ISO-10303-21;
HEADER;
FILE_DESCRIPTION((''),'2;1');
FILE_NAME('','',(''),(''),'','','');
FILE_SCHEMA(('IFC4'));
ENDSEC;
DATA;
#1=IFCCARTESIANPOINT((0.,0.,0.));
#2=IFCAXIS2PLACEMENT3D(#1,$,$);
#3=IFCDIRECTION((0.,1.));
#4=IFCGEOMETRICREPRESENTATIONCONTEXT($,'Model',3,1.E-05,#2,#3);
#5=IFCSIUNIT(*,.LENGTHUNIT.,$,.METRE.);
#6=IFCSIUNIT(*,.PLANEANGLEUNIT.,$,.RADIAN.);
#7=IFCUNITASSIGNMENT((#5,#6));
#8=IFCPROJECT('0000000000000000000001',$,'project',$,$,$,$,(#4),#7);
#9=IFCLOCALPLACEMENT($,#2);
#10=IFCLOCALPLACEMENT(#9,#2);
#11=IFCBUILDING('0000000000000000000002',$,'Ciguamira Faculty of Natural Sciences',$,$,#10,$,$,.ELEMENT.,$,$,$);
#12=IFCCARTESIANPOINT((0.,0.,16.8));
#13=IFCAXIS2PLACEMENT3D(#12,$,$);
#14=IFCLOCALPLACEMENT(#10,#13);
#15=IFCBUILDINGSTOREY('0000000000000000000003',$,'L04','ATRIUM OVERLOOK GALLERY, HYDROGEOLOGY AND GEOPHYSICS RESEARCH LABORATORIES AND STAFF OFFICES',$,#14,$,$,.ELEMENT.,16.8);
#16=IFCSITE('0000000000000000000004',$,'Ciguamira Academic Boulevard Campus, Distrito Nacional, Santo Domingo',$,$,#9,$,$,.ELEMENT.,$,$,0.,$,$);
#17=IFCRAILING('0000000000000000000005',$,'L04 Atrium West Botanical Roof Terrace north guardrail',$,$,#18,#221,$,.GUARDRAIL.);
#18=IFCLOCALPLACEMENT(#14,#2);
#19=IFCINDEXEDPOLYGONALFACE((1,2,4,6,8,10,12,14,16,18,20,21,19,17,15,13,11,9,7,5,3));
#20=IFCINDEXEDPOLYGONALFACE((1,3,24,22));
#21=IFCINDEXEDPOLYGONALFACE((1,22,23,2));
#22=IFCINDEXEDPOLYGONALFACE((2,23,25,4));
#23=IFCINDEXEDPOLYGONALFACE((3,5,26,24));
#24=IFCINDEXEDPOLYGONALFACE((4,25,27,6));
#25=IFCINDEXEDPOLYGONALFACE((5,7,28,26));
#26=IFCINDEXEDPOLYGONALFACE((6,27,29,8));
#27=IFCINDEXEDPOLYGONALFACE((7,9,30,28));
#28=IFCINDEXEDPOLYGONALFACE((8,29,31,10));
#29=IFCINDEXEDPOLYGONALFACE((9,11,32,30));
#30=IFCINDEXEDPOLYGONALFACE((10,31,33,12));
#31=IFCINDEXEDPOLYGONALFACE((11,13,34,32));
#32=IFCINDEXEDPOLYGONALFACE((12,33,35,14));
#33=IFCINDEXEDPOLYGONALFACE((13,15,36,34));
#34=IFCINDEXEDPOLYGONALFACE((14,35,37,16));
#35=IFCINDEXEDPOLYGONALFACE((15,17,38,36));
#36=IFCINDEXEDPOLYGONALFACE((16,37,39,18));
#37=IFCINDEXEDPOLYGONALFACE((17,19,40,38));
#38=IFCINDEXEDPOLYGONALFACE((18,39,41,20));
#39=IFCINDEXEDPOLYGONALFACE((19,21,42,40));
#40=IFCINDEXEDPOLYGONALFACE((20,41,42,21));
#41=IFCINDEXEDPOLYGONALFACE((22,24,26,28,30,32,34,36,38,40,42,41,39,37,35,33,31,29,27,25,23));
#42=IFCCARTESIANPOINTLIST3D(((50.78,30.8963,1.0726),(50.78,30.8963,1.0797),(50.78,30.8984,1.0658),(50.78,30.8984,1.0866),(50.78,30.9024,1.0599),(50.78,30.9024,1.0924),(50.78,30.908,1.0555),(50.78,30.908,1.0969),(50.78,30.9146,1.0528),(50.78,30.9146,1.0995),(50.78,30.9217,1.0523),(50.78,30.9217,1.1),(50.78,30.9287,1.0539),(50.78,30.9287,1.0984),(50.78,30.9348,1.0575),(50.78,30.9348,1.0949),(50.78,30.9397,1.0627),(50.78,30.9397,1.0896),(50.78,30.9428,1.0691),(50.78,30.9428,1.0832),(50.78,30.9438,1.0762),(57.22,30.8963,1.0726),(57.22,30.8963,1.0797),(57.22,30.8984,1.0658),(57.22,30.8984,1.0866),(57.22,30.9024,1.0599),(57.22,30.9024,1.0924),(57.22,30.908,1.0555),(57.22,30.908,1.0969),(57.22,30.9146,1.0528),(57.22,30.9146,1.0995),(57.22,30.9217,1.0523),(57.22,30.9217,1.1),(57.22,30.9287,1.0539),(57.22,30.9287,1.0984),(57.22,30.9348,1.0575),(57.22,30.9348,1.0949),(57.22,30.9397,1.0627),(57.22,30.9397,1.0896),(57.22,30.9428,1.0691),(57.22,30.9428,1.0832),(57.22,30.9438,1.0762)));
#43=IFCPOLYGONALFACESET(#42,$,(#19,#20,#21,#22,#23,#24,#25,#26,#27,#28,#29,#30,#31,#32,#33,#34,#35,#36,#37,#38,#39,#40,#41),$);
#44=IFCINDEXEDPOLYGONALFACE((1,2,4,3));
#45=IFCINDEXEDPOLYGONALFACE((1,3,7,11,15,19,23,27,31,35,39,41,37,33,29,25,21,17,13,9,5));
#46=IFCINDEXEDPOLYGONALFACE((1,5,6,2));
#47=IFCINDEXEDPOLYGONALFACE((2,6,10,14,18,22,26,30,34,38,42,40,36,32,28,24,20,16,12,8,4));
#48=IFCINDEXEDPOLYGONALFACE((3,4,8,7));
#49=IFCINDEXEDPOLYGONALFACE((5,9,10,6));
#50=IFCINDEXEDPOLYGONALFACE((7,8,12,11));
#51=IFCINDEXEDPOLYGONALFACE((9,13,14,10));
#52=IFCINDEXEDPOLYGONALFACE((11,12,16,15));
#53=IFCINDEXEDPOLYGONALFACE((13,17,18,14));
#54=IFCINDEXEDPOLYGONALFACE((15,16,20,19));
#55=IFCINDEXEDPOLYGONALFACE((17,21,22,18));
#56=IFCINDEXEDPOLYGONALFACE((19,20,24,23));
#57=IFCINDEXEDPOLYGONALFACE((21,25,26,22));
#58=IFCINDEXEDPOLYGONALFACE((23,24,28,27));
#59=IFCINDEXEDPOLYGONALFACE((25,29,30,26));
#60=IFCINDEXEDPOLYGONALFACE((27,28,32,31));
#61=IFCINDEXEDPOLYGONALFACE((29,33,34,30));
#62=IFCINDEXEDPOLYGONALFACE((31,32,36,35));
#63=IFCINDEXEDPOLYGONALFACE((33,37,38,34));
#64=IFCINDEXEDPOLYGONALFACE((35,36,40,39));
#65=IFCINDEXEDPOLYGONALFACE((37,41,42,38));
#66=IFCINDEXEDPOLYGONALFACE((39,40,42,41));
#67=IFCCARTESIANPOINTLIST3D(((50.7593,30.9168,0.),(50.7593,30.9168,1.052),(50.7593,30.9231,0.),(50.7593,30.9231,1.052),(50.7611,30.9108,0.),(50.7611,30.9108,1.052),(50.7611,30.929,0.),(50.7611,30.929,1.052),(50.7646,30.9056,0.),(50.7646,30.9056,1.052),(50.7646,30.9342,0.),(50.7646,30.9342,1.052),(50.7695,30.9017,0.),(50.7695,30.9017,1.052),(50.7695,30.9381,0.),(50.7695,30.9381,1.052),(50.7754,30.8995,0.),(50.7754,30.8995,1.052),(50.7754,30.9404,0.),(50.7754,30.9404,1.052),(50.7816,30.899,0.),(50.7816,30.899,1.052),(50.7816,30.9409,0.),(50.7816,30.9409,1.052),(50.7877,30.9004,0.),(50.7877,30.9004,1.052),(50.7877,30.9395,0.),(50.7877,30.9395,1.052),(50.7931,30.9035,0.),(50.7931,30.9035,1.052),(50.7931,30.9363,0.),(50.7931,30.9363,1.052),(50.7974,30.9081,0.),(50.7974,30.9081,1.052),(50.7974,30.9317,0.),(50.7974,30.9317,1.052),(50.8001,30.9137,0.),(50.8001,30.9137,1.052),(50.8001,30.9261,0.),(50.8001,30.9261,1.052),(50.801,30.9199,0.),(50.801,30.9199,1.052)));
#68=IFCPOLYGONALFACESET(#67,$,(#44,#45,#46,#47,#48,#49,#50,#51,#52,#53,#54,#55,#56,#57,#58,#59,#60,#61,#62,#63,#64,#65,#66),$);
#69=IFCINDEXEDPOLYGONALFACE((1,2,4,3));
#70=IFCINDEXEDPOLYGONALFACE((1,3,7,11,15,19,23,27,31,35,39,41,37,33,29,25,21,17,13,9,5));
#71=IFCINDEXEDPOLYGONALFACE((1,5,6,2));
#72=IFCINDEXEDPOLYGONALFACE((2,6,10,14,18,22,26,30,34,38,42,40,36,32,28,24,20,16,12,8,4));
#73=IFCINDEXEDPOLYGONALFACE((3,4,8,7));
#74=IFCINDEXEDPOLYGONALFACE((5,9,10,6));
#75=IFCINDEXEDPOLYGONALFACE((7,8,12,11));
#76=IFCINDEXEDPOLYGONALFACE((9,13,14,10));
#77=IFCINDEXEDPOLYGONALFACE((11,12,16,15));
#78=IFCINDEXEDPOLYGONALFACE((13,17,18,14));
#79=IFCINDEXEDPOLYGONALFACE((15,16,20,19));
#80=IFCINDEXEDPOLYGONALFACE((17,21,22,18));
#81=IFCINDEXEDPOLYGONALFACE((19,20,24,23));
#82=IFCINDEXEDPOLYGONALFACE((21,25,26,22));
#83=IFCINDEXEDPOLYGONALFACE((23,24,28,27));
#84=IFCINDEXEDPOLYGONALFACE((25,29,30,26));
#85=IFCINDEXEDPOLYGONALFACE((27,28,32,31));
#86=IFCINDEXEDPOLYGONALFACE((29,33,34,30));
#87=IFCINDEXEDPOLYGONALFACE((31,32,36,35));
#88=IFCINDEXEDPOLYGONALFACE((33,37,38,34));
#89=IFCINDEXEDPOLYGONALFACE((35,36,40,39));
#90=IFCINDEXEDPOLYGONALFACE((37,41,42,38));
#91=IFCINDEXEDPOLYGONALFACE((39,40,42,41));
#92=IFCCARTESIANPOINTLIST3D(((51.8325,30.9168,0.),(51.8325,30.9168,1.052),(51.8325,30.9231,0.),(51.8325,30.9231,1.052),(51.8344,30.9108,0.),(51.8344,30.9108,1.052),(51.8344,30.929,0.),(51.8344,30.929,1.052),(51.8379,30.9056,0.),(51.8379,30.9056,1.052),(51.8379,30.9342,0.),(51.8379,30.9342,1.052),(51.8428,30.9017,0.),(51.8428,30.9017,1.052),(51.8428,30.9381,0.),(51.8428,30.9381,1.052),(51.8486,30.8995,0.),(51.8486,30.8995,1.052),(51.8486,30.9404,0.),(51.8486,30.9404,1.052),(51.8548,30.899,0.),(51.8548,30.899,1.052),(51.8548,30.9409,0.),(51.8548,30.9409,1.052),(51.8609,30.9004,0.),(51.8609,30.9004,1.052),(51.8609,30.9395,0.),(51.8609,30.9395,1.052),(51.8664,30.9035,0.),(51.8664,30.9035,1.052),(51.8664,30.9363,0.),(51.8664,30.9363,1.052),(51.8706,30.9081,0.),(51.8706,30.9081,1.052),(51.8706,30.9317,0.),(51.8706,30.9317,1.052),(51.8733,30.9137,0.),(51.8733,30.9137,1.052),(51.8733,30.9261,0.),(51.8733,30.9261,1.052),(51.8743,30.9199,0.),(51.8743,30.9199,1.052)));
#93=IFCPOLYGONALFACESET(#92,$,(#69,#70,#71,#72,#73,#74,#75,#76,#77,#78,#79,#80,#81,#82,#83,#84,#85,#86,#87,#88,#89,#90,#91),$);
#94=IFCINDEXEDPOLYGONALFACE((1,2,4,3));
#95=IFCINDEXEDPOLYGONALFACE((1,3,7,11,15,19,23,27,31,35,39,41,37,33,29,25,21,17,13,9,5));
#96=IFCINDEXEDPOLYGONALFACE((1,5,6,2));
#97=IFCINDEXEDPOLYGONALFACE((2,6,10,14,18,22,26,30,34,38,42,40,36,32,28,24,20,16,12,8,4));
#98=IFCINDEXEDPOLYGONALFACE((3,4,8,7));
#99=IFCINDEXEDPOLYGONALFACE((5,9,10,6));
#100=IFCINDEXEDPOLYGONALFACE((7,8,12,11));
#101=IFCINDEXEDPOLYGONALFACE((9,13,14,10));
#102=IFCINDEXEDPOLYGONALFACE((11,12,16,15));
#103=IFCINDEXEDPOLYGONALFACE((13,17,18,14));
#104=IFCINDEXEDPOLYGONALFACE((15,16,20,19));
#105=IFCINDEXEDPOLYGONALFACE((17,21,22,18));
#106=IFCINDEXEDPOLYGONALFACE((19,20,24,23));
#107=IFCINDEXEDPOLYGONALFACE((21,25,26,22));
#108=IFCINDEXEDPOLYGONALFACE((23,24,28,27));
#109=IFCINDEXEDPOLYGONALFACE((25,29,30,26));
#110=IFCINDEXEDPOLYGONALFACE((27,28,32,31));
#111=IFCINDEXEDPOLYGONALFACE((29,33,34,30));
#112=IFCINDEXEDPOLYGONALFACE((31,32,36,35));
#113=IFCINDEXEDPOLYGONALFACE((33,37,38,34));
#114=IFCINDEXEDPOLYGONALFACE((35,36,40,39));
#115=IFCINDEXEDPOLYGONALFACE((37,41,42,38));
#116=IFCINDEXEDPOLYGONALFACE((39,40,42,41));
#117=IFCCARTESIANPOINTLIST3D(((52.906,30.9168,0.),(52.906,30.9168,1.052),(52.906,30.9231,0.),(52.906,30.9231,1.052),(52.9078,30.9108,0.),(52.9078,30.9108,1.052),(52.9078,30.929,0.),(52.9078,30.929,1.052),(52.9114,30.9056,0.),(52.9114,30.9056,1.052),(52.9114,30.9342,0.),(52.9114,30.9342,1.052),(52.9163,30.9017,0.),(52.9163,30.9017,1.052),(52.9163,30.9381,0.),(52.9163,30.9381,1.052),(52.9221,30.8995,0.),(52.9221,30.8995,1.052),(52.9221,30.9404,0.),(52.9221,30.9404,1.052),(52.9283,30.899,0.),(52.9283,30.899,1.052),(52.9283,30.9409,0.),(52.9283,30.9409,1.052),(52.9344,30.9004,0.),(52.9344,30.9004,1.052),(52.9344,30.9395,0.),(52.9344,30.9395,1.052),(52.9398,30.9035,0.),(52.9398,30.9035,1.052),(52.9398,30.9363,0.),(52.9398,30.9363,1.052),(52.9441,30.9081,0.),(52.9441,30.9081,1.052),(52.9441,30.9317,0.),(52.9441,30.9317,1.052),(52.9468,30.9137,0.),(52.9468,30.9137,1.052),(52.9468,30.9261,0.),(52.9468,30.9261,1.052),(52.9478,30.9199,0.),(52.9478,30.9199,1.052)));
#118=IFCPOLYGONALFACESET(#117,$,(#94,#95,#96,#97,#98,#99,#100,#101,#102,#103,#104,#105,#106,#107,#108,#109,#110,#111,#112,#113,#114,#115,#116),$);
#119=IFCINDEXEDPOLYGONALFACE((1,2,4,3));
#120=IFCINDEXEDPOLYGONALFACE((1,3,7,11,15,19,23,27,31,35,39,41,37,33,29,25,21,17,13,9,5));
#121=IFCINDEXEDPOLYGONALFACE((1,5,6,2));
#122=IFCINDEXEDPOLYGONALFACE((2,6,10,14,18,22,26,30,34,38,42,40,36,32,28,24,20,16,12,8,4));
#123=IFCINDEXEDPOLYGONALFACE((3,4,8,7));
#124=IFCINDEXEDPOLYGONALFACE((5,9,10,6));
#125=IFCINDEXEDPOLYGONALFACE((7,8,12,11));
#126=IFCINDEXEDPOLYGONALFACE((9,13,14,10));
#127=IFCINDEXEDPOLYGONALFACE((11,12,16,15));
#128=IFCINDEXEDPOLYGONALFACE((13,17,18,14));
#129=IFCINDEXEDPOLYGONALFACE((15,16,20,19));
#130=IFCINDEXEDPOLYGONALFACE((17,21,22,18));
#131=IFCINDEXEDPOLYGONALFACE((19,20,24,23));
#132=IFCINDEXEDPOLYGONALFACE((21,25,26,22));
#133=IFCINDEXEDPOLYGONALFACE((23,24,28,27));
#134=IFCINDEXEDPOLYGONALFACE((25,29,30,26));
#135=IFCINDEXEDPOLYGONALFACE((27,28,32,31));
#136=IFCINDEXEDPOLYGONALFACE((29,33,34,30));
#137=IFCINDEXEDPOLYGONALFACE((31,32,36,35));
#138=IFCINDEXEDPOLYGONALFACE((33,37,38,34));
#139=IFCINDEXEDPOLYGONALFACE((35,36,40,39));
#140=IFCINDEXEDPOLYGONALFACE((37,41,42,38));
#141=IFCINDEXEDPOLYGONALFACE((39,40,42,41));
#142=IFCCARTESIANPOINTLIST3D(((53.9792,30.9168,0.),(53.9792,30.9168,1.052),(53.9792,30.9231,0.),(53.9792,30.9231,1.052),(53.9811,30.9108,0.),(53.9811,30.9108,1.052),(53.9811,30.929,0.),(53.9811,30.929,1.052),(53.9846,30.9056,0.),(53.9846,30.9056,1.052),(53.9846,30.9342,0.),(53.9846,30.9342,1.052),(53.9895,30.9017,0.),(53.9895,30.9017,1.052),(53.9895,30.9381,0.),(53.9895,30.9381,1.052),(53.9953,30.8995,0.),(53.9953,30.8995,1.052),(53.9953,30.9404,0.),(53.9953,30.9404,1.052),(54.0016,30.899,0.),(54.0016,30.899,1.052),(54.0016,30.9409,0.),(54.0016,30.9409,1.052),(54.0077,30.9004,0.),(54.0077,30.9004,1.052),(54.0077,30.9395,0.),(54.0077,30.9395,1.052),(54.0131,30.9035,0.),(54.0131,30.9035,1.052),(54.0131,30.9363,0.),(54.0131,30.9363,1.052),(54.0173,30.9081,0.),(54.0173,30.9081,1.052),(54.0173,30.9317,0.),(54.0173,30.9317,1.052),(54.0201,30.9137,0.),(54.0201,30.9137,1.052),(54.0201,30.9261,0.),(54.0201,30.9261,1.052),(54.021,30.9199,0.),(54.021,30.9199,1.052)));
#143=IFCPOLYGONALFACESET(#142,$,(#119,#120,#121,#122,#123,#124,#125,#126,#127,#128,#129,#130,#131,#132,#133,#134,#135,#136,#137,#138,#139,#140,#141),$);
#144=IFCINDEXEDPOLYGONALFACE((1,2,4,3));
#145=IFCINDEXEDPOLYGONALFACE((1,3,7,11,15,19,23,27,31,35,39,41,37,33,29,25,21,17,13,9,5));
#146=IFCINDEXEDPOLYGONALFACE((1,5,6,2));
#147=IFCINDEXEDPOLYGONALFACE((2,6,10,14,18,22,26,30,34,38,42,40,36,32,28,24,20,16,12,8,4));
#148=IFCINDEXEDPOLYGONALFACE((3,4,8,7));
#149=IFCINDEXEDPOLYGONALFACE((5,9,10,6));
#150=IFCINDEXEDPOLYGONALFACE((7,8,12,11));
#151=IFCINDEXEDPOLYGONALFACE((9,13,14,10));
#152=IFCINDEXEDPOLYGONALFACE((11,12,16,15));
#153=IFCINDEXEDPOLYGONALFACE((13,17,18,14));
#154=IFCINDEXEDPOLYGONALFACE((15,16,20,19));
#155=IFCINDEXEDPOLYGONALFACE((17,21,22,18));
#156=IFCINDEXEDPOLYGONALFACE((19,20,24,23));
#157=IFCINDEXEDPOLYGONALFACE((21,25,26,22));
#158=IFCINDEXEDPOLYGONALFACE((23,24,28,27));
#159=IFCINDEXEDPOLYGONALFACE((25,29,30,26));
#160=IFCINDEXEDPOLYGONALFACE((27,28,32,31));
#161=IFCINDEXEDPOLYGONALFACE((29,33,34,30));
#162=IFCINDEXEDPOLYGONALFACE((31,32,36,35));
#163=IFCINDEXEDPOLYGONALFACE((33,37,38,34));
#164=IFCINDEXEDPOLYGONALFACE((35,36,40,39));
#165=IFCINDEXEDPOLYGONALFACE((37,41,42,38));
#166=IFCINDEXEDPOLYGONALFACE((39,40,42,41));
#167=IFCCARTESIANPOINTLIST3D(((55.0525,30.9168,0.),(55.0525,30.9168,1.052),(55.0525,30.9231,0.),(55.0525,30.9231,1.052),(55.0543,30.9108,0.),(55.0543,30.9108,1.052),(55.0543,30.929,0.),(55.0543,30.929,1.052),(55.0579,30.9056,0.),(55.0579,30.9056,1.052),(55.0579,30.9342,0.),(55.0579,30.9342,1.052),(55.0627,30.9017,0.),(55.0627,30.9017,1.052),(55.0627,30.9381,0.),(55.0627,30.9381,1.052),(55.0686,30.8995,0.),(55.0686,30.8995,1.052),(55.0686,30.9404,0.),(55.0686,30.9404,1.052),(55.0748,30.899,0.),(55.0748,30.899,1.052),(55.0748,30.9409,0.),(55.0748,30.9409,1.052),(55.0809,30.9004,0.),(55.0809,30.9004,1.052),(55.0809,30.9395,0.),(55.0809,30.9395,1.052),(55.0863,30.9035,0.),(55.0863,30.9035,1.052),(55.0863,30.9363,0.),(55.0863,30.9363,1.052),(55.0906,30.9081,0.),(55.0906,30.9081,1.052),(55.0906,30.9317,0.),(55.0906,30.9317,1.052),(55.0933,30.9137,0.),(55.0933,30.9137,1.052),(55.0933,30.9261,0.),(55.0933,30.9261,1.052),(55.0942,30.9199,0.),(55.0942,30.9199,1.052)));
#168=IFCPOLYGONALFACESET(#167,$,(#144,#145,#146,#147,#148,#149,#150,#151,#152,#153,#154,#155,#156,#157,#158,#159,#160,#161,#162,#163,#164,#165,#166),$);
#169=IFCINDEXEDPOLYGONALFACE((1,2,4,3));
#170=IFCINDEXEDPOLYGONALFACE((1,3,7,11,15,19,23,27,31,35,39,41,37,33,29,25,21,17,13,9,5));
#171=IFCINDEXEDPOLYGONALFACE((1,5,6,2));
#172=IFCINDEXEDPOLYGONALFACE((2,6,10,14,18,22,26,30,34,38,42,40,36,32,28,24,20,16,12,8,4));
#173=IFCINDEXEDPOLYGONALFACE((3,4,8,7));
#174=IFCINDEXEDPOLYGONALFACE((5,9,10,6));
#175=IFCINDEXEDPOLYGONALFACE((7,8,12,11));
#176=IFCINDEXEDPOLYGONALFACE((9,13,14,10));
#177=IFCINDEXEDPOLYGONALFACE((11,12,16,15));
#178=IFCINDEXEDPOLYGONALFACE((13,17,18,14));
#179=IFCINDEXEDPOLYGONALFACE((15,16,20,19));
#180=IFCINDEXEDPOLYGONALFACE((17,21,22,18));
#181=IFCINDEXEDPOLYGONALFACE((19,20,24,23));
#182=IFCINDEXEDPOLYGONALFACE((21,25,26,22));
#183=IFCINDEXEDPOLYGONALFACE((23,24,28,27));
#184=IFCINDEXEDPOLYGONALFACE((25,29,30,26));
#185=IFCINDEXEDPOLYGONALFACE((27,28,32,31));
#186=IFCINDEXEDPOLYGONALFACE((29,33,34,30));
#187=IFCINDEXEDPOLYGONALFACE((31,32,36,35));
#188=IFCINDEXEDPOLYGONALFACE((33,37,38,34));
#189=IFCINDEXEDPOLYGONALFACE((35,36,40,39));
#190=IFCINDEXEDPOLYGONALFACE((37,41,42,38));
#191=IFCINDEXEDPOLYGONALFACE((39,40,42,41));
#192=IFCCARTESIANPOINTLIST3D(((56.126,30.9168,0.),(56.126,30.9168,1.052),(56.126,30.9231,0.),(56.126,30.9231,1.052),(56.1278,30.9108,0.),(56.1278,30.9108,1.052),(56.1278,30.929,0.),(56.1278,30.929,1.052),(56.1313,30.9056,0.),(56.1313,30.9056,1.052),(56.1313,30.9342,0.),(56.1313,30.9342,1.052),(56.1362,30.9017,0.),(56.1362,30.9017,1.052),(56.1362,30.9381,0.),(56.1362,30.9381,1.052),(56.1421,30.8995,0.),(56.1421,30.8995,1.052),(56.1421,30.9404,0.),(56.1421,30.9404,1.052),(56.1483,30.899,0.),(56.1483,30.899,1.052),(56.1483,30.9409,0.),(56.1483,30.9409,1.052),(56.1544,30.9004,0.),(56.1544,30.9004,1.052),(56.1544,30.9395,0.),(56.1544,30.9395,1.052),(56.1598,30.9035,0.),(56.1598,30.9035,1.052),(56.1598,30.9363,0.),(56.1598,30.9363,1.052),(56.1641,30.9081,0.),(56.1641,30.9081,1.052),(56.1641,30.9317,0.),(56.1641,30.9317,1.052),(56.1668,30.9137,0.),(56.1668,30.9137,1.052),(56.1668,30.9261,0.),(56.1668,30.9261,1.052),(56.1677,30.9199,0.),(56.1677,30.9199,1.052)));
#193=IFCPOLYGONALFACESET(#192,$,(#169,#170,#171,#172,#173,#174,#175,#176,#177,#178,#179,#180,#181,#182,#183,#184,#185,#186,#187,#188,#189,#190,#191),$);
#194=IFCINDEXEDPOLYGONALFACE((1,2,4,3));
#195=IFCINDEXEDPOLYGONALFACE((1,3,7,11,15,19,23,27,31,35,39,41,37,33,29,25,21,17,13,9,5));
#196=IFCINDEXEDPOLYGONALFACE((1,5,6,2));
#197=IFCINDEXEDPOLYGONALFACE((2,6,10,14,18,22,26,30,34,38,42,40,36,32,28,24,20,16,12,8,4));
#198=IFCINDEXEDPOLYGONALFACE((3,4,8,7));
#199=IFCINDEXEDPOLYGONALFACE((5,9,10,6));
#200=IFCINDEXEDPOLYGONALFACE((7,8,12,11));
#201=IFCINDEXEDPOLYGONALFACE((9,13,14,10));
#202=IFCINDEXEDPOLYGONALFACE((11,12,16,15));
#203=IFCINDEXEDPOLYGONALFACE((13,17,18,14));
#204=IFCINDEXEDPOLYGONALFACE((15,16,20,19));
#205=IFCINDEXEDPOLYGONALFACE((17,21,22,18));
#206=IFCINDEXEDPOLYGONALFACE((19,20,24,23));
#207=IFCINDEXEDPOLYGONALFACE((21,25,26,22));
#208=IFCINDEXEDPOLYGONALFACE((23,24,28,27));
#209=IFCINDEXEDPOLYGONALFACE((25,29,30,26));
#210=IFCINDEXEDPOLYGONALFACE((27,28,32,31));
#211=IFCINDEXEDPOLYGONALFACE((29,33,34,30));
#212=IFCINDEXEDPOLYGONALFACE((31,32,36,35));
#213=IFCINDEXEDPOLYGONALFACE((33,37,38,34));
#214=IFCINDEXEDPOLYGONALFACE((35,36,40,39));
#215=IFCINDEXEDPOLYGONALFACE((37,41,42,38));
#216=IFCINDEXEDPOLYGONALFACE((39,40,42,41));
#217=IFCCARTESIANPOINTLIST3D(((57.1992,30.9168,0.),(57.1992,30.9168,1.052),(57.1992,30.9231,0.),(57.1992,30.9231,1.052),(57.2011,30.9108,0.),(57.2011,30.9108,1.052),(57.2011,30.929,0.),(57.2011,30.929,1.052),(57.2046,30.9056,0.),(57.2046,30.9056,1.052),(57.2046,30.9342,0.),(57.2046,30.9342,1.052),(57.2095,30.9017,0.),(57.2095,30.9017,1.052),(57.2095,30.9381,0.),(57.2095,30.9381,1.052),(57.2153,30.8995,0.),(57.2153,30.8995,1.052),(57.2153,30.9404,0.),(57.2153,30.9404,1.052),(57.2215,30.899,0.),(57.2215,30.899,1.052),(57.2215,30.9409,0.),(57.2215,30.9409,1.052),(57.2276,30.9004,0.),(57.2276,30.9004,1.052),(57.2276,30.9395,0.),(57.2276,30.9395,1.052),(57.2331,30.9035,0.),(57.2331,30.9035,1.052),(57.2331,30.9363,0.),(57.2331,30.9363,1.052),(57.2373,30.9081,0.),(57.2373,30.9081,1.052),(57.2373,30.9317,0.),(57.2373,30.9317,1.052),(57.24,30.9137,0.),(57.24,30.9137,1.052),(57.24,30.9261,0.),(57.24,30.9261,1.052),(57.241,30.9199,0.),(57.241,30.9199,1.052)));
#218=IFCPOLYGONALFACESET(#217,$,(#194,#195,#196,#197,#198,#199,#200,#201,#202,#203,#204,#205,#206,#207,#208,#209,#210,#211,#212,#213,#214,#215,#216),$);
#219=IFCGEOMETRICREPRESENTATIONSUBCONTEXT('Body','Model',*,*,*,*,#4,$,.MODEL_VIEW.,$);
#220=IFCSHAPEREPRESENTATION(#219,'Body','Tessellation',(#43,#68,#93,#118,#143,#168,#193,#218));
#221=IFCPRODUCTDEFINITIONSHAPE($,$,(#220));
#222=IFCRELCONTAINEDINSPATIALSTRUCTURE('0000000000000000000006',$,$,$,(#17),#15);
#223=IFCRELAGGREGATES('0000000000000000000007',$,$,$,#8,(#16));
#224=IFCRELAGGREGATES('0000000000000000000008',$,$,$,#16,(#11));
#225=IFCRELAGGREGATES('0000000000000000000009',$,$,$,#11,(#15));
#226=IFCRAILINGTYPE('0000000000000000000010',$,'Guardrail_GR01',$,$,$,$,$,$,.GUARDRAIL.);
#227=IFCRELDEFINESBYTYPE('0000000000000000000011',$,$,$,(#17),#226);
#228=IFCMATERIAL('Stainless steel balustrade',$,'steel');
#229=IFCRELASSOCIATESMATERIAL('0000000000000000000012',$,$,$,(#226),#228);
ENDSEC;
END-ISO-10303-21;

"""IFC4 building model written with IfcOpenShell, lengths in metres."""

from ifc_helpers import new_model, si_unit, direction, frame, origin, origin_2d, place, context, subcontext, project, spatial, circle, extrude, material, type_object, element, save


model = new_model("IFC4")

# Units and contexts
model_context = context("Model", 3, precision=1e-05, world=origin(), true_north=direction((0.0, 1.0)))
body_context = subcontext(model_context, "Body", "Model", "MODEL_VIEW")
ifc_project = project(units=[si_unit("LENGTHUNIT", "METRE"), si_unit("PLANEANGLEUNIT", "RADIAN")], contexts=[model_context])

# Site, building, storey
site_placement = place(None, origin())
site = spatial("IfcSite", under=ifc_project, at=site_placement, Name="Ciguamira Academic Boulevard Campus, Distrito Nacional, Santo Domingo", CompositionType="ELEMENT", RefElevation=0.0)
building_placement = place(site_placement, origin())
building = spatial("IfcBuilding", under=site, at=building_placement, Name="Ciguamira Faculty of Natural Sciences", CompositionType="ELEMENT")
storey_placement = place(building_placement, frame((0.0, 0.0, 16.8)))
storey = spatial("IfcBuildingStorey", under=building, at=storey_placement, Name="L04", Description="ATRIUM OVERLOOK GALLERY, HYDROGEOLOGY AND GEOPHYSICS RESEARCH LABORATORIES AND STAFF OFFICES", CompositionType="ELEMENT", Elevation=16.8)

# Railing
ifc_material_1 = material(Name="Stainless steel balustrade", Category="steel")
railing_type = type_object("IfcRailingType", Name="Guardrail_GR01", PredefinedType="GUARDRAIL", material=ifc_material_1)
railing_placement = place(storey_placement, frame((50.78, 30.9199, 0.0)))
element("IfcRailing", 1, at=railing_placement, inside=storey, type_object=railing_type, Name="L04 Atrium West Botanical Roof Terrace north guardrail", PredefinedType="GUARDRAIL", context=body_context, shape_type="SweptSolid", body=[
    extrude(circle(Radius=0.0239, at=origin_2d()), frame((0.0, 0.0, 1.0762), z_axis=(1.0, 0.0, 0.0), x_axis=(0.0, 1.0, 0.0)), (0.0, 0.0, 1.0), 6.4399),
    extrude(circle(Radius=0.021, at=origin_2d()), origin(), (0.0, 0.0, 1.0), 1.052),
    extrude(circle(Radius=0.021, at=origin_2d()), frame((1.0732, 0.0, 0.0)), (0.0, 0.0, 1.0), 1.052),
    extrude(circle(Radius=0.021, at=origin_2d()), frame((2.1467, 0.0, 0.0)), (0.0, 0.0, 1.0), 1.052),
    extrude(circle(Radius=0.021, at=origin_2d()), frame((3.22, 0.0, 0.0)), (0.0, 0.0, 1.0), 1.052),
    extrude(circle(Radius=0.021, at=origin_2d()), frame((4.2932, 0.0, 0.0)), (0.0, 0.0, 1.0), 1.052),
    extrude(circle(Radius=0.021, at=origin_2d()), frame((5.3667, 0.0, 0.0)), (0.0, 0.0, 1.0), 1.052),
    extrude(circle(Radius=0.021, at=origin_2d()), frame((6.4399, 0.0, 0.0)), (0.0, 0.0, 1.0), 1.052),
])

save(model, "model.ifc")
